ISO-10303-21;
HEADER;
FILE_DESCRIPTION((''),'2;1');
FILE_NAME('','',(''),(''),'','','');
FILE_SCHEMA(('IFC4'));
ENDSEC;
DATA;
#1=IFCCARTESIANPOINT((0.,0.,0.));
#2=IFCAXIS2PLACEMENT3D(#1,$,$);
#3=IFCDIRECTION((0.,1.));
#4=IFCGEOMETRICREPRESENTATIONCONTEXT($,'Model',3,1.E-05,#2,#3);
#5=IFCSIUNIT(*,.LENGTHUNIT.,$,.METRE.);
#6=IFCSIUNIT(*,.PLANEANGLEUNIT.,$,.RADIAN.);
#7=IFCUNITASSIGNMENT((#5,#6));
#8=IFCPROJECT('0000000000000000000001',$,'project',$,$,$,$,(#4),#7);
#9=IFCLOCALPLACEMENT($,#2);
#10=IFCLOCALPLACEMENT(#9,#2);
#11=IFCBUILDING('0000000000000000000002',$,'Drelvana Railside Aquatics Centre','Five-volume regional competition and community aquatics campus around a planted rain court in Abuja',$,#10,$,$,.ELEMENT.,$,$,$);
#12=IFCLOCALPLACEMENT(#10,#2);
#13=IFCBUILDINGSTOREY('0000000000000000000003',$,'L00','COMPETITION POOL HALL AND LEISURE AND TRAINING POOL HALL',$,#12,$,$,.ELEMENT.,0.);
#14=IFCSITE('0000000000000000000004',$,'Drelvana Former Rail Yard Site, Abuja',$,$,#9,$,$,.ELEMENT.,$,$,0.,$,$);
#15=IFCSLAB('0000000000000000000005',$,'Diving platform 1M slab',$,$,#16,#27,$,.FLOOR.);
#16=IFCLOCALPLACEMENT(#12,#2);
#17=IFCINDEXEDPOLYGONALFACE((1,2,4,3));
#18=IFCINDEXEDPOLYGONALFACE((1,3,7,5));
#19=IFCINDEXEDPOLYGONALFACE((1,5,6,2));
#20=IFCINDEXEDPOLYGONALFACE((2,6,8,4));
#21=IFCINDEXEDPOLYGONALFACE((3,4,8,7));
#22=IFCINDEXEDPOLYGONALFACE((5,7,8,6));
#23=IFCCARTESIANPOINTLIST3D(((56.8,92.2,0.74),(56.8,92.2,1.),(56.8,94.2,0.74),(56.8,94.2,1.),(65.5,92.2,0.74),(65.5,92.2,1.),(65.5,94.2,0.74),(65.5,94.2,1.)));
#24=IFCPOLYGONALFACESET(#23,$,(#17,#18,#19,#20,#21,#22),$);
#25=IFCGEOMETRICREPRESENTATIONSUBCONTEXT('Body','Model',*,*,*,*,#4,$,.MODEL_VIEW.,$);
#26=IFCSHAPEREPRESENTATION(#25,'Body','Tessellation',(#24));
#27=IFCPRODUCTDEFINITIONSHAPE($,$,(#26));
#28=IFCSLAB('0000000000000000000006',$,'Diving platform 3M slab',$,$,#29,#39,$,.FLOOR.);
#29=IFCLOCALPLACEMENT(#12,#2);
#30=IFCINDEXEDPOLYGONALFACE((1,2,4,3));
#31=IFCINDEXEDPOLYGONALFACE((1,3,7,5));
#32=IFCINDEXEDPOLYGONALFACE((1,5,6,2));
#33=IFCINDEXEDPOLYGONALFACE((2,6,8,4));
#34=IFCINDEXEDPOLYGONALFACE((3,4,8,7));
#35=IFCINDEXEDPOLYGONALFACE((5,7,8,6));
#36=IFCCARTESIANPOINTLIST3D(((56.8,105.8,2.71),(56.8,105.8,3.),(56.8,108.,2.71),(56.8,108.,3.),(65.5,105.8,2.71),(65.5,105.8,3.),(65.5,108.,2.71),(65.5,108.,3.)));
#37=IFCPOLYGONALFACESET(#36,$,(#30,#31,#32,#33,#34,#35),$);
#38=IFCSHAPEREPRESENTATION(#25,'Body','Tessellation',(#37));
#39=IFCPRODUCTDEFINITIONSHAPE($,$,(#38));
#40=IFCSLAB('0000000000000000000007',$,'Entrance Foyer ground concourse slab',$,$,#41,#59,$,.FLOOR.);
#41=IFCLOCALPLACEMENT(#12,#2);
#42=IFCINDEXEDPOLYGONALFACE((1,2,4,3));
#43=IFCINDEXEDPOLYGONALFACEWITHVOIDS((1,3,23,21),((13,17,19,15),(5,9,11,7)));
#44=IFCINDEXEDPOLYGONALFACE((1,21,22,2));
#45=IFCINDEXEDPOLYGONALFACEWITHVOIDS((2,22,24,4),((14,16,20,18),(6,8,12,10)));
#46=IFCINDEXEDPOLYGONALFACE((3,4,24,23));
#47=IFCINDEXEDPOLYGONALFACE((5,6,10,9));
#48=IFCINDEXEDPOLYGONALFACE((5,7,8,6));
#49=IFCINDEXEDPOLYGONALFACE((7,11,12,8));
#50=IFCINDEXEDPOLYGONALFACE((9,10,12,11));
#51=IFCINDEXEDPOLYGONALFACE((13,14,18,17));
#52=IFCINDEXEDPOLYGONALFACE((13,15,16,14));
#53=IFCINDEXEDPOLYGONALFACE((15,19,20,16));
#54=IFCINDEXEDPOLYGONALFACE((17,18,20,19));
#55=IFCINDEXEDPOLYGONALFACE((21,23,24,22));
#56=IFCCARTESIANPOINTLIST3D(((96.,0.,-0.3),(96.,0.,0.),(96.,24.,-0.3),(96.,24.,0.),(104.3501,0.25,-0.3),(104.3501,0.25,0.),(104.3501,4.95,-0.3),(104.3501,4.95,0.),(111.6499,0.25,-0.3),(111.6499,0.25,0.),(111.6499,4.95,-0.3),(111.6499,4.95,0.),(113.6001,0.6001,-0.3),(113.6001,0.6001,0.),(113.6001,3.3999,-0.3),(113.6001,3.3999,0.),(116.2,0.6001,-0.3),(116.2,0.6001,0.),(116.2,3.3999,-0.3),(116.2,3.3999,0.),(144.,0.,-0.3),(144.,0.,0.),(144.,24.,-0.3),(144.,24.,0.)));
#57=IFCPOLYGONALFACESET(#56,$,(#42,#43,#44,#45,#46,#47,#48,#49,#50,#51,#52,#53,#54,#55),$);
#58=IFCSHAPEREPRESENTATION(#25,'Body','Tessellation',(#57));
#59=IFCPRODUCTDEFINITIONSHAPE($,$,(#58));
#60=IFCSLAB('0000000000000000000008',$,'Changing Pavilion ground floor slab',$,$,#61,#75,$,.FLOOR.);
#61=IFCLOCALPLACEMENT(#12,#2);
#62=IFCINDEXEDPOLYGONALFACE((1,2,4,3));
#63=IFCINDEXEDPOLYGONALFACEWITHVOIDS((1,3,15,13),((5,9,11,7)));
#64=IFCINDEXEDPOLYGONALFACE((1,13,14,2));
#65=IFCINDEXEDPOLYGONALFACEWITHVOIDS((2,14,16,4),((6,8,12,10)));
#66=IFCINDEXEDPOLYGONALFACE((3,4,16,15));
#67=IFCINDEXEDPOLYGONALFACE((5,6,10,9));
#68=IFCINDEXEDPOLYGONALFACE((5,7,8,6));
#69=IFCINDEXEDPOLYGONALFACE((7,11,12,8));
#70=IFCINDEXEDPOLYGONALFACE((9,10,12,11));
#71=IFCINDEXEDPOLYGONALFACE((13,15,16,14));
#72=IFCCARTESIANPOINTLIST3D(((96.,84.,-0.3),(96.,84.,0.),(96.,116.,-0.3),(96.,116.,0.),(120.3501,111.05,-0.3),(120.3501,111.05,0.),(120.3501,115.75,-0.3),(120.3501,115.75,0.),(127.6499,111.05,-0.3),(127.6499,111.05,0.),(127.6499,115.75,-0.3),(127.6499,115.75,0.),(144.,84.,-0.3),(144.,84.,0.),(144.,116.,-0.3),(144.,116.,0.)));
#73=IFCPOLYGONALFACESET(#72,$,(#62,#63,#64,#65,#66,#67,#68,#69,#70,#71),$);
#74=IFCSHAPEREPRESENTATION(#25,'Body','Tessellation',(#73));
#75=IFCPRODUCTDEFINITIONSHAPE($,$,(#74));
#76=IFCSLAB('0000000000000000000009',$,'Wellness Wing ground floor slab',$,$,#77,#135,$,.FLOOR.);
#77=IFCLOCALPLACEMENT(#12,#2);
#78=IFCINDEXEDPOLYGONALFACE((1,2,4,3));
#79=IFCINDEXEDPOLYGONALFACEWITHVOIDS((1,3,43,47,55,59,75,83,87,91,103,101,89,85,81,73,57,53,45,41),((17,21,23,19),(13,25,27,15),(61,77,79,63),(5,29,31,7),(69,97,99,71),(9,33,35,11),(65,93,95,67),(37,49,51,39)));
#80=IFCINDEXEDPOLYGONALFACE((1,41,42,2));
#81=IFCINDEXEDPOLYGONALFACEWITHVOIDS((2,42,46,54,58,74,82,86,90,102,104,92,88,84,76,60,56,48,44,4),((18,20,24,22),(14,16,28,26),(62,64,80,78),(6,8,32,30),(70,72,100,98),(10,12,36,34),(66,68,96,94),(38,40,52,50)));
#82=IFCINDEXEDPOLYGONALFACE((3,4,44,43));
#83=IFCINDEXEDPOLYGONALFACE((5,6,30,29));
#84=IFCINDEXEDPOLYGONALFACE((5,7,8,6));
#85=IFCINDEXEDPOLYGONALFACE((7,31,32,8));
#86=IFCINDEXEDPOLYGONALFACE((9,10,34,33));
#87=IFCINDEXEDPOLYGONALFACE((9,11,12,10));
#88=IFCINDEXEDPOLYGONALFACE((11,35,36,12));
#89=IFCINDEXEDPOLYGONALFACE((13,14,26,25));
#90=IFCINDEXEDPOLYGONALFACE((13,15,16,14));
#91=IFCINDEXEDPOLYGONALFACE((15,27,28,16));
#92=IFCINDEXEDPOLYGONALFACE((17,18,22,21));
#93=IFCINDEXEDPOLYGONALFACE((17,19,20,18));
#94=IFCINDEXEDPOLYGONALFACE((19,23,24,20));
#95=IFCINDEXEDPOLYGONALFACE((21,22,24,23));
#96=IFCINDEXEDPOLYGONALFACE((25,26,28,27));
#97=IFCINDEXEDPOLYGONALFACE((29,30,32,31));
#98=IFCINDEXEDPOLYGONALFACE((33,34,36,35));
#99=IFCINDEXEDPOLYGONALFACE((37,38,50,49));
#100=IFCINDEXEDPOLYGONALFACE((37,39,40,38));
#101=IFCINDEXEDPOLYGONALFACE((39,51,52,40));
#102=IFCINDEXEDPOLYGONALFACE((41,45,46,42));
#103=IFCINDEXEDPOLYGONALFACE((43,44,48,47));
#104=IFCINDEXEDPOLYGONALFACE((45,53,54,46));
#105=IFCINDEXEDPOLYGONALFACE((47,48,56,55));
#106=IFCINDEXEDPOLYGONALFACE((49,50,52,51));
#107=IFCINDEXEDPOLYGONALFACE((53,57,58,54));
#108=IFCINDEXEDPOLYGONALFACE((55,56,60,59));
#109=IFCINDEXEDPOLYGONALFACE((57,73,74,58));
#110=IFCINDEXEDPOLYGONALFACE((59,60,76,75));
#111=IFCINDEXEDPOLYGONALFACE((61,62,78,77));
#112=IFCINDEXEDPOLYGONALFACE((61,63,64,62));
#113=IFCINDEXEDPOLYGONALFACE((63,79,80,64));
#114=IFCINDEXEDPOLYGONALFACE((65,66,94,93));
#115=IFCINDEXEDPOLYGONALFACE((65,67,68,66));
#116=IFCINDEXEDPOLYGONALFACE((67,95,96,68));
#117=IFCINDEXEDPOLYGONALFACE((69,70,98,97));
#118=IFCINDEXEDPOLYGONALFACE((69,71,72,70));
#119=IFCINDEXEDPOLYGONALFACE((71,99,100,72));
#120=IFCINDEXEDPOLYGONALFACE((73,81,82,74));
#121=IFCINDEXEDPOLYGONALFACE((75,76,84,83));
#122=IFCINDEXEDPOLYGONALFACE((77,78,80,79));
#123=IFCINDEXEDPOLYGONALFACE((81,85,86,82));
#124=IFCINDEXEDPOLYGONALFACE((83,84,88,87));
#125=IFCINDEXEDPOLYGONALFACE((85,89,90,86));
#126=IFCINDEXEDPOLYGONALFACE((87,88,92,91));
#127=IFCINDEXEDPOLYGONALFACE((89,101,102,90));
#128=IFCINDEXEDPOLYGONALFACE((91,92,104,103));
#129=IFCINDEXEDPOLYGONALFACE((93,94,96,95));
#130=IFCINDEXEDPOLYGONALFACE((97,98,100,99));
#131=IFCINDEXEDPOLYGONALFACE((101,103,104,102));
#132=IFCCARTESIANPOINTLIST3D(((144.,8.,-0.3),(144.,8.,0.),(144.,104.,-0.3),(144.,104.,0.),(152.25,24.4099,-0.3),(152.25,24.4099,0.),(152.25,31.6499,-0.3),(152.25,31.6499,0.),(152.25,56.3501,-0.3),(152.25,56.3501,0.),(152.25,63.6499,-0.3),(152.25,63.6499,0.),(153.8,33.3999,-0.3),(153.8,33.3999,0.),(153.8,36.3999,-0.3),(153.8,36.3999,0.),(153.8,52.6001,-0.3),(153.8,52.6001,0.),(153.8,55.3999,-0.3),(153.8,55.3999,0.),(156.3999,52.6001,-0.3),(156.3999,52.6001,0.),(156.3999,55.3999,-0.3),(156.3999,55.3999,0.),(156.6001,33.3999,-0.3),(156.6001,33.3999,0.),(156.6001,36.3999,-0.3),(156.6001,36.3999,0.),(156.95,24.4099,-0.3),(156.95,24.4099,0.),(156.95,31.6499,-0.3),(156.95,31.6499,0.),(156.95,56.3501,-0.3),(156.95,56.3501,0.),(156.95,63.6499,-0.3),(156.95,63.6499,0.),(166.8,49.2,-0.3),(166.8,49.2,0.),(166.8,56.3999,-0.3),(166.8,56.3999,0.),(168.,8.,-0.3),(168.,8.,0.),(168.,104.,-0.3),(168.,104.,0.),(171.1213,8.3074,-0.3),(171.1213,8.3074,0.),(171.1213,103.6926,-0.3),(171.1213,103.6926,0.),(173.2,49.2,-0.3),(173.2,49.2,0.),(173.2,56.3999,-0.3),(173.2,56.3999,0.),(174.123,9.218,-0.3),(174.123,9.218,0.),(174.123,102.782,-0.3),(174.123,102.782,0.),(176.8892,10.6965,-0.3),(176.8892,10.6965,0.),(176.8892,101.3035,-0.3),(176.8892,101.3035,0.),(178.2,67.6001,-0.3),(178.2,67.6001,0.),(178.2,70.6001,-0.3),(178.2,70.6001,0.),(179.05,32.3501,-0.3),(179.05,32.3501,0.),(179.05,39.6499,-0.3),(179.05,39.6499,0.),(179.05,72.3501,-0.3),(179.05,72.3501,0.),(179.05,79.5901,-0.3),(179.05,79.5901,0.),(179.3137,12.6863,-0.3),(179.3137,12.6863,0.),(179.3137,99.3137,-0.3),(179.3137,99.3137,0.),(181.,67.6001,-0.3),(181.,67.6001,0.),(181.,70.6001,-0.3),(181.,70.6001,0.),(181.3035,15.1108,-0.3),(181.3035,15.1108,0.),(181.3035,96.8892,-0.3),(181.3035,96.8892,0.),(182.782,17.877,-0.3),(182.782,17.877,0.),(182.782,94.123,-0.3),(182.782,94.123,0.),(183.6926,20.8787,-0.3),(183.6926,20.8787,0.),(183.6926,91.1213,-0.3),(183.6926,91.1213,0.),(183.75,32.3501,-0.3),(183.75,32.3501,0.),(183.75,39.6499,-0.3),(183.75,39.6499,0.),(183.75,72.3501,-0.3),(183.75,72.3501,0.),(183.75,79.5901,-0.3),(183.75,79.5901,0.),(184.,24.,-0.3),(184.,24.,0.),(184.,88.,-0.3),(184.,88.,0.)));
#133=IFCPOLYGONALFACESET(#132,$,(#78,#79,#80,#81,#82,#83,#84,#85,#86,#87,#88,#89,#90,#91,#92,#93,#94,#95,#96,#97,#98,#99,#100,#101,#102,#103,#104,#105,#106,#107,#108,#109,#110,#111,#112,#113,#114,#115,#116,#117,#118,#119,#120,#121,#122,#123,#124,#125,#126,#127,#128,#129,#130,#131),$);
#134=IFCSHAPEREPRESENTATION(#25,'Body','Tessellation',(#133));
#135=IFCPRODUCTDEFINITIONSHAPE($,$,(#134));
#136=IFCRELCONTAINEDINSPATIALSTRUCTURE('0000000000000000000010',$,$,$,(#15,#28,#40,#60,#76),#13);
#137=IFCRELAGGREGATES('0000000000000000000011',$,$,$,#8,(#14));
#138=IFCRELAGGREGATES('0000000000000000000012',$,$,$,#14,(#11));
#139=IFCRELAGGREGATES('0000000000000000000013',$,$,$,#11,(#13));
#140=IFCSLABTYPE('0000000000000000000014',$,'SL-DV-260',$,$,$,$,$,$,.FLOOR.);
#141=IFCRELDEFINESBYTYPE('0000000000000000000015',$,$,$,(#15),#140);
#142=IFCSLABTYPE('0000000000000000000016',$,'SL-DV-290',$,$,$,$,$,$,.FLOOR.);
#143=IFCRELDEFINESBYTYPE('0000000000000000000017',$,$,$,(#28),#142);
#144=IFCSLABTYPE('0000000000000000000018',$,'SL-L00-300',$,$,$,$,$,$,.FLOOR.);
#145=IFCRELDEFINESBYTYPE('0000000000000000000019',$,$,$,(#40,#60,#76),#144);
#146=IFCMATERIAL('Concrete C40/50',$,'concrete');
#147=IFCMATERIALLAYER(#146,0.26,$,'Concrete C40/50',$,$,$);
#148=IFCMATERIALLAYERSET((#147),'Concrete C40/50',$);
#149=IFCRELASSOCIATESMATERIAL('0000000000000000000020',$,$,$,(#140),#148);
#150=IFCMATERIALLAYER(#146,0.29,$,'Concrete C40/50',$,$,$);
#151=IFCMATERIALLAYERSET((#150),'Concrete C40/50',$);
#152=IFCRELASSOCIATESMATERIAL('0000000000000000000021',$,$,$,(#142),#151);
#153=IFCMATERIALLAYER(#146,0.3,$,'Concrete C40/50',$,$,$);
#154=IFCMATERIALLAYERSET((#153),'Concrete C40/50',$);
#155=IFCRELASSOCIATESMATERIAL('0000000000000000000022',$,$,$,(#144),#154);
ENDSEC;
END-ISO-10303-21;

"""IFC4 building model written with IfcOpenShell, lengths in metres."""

from ifc_helpers import new_model, si_unit, direction, frame, origin, place, context, subcontext, project, spatial, polyline, outline, extrude, material, layer, layer_set, type_object, element, save


model = new_model("IFC4")

# Units and contexts
model_context = context("Model", 3, precision=1e-05, world=origin(), true_north=direction((0.0, 1.0)))
body_context = subcontext(model_context, "Body", "Model", "MODEL_VIEW")
ifc_project = project(units=[si_unit("LENGTHUNIT", "METRE"), si_unit("PLANEANGLEUNIT", "RADIAN")], contexts=[model_context])

# Site, building, storey
site_placement = place(None, origin())
site = spatial("IfcSite", under=ifc_project, at=site_placement, Name="Drelvana Former Rail Yard Site, Abuja", CompositionType="ELEMENT", RefElevation=0.0)
building_placement = place(site_placement, origin())
building = spatial("IfcBuilding", under=site, at=building_placement, Name="Drelvana Railside Aquatics Centre", Description="Five-volume regional competition and community aquatics campus around a planted rain court in Abuja", CompositionType="ELEMENT")
storey_placement = place(building_placement, origin())
storey = spatial("IfcBuildingStorey", under=building, at=storey_placement, Name="L00", Description="COMPETITION POOL HALL AND LEISURE AND TRAINING POOL HALL", CompositionType="ELEMENT", Elevation=0.0)

# Slabs
ifc_material_1 = material(Name="Concrete C40/50", Category="concrete")
ifc_layer_1 = layer(ifc_material_1, 0.26, Name="Concrete C40/50")
ifc_layer_set_1 = layer_set([ifc_layer_1], Name="Concrete C40/50")
slab_type_1 = type_object("IfcSlabType", Name="SL-DV-260", PredefinedType="FLOOR", material=ifc_layer_set_1)
slab_1_placement = place(storey_placement, frame((0.0, 0.0, 0.74)))
element("IfcSlab", 1, at=slab_1_placement, inside=storey, type_object=slab_type_1, Name="Diving platform 1M slab", PredefinedType="FLOOR", context=body_context, shape_type="SweptSolid", body=[
    extrude(outline(polyline([(56.8, 92.2), (65.5, 92.2), (65.5, 94.2), (56.8, 94.2), (56.8, 92.2)])), origin(), (0.0, 0.0, 1.0), 0.26),
])
ifc_layer_2 = layer(ifc_material_1, 0.29, Name="Concrete C40/50")
ifc_layer_set_2 = layer_set([ifc_layer_2], Name="Concrete C40/50")
slab_type_2 = type_object("IfcSlabType", Name="SL-DV-290", PredefinedType="FLOOR", material=ifc_layer_set_2)
slab_2_placement = place(storey_placement, frame((0.0, 0.0, 2.71)))
element("IfcSlab", 2, at=slab_2_placement, inside=storey, type_object=slab_type_2, Name="Diving platform 3M slab", PredefinedType="FLOOR", context=body_context, shape_type="SweptSolid", body=[
    extrude(outline(polyline([(56.8, 105.8), (65.5, 105.8), (65.5, 108.0), (56.8, 108.0), (56.8, 105.8)])), origin(), (0.0, 0.0, 1.0), 0.29),
])
ifc_layer_3 = layer(ifc_material_1, 0.3, Name="Concrete C40/50")
ifc_layer_set_3 = layer_set([ifc_layer_3], Name="Concrete C40/50")
slab_type_3 = type_object("IfcSlabType", Name="SL-L00-300", PredefinedType="FLOOR", material=ifc_layer_set_3)
slab_3_placement = place(storey_placement, frame((0.0, 0.0, -0.3)))
element("IfcSlab", 3, at=slab_3_placement, inside=storey, type_object=slab_type_3, Name="Entrance Foyer ground concourse slab", PredefinedType="FLOOR", context=body_context, shape_type="SweptSolid", body=[
    extrude(outline(polyline([(96.0, 0.0), (144.0, 0.0), (144.0, 24.0), (96.0, 24.0), (96.0, 0.0)]), holes=[polyline([(104.3501, 0.25), (111.6499, 0.25), (111.6499, 4.95), (104.3501, 4.95), (104.3501, 0.25)]), polyline([(113.6001, 0.6001), (116.2, 0.6001), (116.2, 3.3999), (113.6001, 3.3999), (113.6001, 0.6001)])]), origin(), (0.0, 0.0, 1.0), 0.3),
])
slab_4_placement = place(storey_placement, frame((0.0, 0.0, -0.3)))
element("IfcSlab", 4, at=slab_4_placement, inside=storey, type_object=slab_type_3, Name="Changing Pavilion ground floor slab", PredefinedType="FLOOR", context=body_context, shape_type="SweptSolid", body=[
    extrude(outline(polyline([(96.0, 84.0), (144.0, 84.0), (144.0, 116.0), (96.0, 116.0), (96.0, 84.0)]), holes=[polyline([(120.3501, 111.05), (127.6499, 111.05), (127.6499, 115.75), (120.3501, 115.75), (120.3501, 111.05)])]), origin(), (0.0, 0.0, 1.0), 0.3),
])
slab_5_placement = place(storey_placement, frame((0.0, 0.0, -0.3)))
element("IfcSlab", 5, at=slab_5_placement, inside=storey, type_object=slab_type_3, Name="Wellness Wing ground floor slab", PredefinedType="FLOOR", context=body_context, shape_type="SweptSolid", body=[
    extrude(outline(polyline([(144.0, 8.0), (168.0, 8.0), (171.1213, 8.3074), (174.123, 9.218), (176.8892, 10.6965), (179.3137, 12.6863), (181.3035, 15.1108), (182.782, 17.877), (183.6926, 20.8787), (184.0, 24.0), (184.0, 88.0), (183.6926, 91.1213), (182.782, 94.123), (181.3035, 96.8892), (179.3137, 99.3137), (176.8892, 101.3035), (174.123, 102.782), (171.1213, 103.6926), (168.0, 104.0), (144.0, 104.0), (144.0, 8.0)]), holes=[polyline([(166.8, 49.2), (173.2, 49.2), (173.2, 56.3999), (166.8, 56.3999), (166.8, 49.2)]), polyline([(152.25, 24.4099), (156.95, 24.4099), (156.95, 31.6499), (152.25, 31.6499), (152.25, 24.4099)]), polyline([(153.8, 33.3999), (156.6001, 33.3999), (156.6001, 36.3999), (153.8, 36.3999), (153.8, 33.3999)]), polyline([(179.05, 72.3501), (183.75, 72.3501), (183.75, 79.5901), (179.05, 79.5901), (179.05, 72.3501)]), polyline([(178.2, 67.6001), (181.0, 67.6001), (181.0, 70.6001), (178.2, 70.6001), (178.2, 67.6001)]), polyline([(152.25, 56.3501), (156.95, 56.3501), (156.95, 63.6499), (152.25, 63.6499), (152.25, 56.3501)]), polyline([(153.8, 52.6001), (156.3999, 52.6001), (156.3999, 55.3999), (153.8, 55.3999), (153.8, 52.6001)]), polyline([(179.05, 32.3501), (183.75, 32.3501), (183.75, 39.6499), (179.05, 39.6499), (179.05, 32.3501)])]), origin(), (0.0, 0.0, 1.0), 0.3),
])

save(model, "model.ifc")
